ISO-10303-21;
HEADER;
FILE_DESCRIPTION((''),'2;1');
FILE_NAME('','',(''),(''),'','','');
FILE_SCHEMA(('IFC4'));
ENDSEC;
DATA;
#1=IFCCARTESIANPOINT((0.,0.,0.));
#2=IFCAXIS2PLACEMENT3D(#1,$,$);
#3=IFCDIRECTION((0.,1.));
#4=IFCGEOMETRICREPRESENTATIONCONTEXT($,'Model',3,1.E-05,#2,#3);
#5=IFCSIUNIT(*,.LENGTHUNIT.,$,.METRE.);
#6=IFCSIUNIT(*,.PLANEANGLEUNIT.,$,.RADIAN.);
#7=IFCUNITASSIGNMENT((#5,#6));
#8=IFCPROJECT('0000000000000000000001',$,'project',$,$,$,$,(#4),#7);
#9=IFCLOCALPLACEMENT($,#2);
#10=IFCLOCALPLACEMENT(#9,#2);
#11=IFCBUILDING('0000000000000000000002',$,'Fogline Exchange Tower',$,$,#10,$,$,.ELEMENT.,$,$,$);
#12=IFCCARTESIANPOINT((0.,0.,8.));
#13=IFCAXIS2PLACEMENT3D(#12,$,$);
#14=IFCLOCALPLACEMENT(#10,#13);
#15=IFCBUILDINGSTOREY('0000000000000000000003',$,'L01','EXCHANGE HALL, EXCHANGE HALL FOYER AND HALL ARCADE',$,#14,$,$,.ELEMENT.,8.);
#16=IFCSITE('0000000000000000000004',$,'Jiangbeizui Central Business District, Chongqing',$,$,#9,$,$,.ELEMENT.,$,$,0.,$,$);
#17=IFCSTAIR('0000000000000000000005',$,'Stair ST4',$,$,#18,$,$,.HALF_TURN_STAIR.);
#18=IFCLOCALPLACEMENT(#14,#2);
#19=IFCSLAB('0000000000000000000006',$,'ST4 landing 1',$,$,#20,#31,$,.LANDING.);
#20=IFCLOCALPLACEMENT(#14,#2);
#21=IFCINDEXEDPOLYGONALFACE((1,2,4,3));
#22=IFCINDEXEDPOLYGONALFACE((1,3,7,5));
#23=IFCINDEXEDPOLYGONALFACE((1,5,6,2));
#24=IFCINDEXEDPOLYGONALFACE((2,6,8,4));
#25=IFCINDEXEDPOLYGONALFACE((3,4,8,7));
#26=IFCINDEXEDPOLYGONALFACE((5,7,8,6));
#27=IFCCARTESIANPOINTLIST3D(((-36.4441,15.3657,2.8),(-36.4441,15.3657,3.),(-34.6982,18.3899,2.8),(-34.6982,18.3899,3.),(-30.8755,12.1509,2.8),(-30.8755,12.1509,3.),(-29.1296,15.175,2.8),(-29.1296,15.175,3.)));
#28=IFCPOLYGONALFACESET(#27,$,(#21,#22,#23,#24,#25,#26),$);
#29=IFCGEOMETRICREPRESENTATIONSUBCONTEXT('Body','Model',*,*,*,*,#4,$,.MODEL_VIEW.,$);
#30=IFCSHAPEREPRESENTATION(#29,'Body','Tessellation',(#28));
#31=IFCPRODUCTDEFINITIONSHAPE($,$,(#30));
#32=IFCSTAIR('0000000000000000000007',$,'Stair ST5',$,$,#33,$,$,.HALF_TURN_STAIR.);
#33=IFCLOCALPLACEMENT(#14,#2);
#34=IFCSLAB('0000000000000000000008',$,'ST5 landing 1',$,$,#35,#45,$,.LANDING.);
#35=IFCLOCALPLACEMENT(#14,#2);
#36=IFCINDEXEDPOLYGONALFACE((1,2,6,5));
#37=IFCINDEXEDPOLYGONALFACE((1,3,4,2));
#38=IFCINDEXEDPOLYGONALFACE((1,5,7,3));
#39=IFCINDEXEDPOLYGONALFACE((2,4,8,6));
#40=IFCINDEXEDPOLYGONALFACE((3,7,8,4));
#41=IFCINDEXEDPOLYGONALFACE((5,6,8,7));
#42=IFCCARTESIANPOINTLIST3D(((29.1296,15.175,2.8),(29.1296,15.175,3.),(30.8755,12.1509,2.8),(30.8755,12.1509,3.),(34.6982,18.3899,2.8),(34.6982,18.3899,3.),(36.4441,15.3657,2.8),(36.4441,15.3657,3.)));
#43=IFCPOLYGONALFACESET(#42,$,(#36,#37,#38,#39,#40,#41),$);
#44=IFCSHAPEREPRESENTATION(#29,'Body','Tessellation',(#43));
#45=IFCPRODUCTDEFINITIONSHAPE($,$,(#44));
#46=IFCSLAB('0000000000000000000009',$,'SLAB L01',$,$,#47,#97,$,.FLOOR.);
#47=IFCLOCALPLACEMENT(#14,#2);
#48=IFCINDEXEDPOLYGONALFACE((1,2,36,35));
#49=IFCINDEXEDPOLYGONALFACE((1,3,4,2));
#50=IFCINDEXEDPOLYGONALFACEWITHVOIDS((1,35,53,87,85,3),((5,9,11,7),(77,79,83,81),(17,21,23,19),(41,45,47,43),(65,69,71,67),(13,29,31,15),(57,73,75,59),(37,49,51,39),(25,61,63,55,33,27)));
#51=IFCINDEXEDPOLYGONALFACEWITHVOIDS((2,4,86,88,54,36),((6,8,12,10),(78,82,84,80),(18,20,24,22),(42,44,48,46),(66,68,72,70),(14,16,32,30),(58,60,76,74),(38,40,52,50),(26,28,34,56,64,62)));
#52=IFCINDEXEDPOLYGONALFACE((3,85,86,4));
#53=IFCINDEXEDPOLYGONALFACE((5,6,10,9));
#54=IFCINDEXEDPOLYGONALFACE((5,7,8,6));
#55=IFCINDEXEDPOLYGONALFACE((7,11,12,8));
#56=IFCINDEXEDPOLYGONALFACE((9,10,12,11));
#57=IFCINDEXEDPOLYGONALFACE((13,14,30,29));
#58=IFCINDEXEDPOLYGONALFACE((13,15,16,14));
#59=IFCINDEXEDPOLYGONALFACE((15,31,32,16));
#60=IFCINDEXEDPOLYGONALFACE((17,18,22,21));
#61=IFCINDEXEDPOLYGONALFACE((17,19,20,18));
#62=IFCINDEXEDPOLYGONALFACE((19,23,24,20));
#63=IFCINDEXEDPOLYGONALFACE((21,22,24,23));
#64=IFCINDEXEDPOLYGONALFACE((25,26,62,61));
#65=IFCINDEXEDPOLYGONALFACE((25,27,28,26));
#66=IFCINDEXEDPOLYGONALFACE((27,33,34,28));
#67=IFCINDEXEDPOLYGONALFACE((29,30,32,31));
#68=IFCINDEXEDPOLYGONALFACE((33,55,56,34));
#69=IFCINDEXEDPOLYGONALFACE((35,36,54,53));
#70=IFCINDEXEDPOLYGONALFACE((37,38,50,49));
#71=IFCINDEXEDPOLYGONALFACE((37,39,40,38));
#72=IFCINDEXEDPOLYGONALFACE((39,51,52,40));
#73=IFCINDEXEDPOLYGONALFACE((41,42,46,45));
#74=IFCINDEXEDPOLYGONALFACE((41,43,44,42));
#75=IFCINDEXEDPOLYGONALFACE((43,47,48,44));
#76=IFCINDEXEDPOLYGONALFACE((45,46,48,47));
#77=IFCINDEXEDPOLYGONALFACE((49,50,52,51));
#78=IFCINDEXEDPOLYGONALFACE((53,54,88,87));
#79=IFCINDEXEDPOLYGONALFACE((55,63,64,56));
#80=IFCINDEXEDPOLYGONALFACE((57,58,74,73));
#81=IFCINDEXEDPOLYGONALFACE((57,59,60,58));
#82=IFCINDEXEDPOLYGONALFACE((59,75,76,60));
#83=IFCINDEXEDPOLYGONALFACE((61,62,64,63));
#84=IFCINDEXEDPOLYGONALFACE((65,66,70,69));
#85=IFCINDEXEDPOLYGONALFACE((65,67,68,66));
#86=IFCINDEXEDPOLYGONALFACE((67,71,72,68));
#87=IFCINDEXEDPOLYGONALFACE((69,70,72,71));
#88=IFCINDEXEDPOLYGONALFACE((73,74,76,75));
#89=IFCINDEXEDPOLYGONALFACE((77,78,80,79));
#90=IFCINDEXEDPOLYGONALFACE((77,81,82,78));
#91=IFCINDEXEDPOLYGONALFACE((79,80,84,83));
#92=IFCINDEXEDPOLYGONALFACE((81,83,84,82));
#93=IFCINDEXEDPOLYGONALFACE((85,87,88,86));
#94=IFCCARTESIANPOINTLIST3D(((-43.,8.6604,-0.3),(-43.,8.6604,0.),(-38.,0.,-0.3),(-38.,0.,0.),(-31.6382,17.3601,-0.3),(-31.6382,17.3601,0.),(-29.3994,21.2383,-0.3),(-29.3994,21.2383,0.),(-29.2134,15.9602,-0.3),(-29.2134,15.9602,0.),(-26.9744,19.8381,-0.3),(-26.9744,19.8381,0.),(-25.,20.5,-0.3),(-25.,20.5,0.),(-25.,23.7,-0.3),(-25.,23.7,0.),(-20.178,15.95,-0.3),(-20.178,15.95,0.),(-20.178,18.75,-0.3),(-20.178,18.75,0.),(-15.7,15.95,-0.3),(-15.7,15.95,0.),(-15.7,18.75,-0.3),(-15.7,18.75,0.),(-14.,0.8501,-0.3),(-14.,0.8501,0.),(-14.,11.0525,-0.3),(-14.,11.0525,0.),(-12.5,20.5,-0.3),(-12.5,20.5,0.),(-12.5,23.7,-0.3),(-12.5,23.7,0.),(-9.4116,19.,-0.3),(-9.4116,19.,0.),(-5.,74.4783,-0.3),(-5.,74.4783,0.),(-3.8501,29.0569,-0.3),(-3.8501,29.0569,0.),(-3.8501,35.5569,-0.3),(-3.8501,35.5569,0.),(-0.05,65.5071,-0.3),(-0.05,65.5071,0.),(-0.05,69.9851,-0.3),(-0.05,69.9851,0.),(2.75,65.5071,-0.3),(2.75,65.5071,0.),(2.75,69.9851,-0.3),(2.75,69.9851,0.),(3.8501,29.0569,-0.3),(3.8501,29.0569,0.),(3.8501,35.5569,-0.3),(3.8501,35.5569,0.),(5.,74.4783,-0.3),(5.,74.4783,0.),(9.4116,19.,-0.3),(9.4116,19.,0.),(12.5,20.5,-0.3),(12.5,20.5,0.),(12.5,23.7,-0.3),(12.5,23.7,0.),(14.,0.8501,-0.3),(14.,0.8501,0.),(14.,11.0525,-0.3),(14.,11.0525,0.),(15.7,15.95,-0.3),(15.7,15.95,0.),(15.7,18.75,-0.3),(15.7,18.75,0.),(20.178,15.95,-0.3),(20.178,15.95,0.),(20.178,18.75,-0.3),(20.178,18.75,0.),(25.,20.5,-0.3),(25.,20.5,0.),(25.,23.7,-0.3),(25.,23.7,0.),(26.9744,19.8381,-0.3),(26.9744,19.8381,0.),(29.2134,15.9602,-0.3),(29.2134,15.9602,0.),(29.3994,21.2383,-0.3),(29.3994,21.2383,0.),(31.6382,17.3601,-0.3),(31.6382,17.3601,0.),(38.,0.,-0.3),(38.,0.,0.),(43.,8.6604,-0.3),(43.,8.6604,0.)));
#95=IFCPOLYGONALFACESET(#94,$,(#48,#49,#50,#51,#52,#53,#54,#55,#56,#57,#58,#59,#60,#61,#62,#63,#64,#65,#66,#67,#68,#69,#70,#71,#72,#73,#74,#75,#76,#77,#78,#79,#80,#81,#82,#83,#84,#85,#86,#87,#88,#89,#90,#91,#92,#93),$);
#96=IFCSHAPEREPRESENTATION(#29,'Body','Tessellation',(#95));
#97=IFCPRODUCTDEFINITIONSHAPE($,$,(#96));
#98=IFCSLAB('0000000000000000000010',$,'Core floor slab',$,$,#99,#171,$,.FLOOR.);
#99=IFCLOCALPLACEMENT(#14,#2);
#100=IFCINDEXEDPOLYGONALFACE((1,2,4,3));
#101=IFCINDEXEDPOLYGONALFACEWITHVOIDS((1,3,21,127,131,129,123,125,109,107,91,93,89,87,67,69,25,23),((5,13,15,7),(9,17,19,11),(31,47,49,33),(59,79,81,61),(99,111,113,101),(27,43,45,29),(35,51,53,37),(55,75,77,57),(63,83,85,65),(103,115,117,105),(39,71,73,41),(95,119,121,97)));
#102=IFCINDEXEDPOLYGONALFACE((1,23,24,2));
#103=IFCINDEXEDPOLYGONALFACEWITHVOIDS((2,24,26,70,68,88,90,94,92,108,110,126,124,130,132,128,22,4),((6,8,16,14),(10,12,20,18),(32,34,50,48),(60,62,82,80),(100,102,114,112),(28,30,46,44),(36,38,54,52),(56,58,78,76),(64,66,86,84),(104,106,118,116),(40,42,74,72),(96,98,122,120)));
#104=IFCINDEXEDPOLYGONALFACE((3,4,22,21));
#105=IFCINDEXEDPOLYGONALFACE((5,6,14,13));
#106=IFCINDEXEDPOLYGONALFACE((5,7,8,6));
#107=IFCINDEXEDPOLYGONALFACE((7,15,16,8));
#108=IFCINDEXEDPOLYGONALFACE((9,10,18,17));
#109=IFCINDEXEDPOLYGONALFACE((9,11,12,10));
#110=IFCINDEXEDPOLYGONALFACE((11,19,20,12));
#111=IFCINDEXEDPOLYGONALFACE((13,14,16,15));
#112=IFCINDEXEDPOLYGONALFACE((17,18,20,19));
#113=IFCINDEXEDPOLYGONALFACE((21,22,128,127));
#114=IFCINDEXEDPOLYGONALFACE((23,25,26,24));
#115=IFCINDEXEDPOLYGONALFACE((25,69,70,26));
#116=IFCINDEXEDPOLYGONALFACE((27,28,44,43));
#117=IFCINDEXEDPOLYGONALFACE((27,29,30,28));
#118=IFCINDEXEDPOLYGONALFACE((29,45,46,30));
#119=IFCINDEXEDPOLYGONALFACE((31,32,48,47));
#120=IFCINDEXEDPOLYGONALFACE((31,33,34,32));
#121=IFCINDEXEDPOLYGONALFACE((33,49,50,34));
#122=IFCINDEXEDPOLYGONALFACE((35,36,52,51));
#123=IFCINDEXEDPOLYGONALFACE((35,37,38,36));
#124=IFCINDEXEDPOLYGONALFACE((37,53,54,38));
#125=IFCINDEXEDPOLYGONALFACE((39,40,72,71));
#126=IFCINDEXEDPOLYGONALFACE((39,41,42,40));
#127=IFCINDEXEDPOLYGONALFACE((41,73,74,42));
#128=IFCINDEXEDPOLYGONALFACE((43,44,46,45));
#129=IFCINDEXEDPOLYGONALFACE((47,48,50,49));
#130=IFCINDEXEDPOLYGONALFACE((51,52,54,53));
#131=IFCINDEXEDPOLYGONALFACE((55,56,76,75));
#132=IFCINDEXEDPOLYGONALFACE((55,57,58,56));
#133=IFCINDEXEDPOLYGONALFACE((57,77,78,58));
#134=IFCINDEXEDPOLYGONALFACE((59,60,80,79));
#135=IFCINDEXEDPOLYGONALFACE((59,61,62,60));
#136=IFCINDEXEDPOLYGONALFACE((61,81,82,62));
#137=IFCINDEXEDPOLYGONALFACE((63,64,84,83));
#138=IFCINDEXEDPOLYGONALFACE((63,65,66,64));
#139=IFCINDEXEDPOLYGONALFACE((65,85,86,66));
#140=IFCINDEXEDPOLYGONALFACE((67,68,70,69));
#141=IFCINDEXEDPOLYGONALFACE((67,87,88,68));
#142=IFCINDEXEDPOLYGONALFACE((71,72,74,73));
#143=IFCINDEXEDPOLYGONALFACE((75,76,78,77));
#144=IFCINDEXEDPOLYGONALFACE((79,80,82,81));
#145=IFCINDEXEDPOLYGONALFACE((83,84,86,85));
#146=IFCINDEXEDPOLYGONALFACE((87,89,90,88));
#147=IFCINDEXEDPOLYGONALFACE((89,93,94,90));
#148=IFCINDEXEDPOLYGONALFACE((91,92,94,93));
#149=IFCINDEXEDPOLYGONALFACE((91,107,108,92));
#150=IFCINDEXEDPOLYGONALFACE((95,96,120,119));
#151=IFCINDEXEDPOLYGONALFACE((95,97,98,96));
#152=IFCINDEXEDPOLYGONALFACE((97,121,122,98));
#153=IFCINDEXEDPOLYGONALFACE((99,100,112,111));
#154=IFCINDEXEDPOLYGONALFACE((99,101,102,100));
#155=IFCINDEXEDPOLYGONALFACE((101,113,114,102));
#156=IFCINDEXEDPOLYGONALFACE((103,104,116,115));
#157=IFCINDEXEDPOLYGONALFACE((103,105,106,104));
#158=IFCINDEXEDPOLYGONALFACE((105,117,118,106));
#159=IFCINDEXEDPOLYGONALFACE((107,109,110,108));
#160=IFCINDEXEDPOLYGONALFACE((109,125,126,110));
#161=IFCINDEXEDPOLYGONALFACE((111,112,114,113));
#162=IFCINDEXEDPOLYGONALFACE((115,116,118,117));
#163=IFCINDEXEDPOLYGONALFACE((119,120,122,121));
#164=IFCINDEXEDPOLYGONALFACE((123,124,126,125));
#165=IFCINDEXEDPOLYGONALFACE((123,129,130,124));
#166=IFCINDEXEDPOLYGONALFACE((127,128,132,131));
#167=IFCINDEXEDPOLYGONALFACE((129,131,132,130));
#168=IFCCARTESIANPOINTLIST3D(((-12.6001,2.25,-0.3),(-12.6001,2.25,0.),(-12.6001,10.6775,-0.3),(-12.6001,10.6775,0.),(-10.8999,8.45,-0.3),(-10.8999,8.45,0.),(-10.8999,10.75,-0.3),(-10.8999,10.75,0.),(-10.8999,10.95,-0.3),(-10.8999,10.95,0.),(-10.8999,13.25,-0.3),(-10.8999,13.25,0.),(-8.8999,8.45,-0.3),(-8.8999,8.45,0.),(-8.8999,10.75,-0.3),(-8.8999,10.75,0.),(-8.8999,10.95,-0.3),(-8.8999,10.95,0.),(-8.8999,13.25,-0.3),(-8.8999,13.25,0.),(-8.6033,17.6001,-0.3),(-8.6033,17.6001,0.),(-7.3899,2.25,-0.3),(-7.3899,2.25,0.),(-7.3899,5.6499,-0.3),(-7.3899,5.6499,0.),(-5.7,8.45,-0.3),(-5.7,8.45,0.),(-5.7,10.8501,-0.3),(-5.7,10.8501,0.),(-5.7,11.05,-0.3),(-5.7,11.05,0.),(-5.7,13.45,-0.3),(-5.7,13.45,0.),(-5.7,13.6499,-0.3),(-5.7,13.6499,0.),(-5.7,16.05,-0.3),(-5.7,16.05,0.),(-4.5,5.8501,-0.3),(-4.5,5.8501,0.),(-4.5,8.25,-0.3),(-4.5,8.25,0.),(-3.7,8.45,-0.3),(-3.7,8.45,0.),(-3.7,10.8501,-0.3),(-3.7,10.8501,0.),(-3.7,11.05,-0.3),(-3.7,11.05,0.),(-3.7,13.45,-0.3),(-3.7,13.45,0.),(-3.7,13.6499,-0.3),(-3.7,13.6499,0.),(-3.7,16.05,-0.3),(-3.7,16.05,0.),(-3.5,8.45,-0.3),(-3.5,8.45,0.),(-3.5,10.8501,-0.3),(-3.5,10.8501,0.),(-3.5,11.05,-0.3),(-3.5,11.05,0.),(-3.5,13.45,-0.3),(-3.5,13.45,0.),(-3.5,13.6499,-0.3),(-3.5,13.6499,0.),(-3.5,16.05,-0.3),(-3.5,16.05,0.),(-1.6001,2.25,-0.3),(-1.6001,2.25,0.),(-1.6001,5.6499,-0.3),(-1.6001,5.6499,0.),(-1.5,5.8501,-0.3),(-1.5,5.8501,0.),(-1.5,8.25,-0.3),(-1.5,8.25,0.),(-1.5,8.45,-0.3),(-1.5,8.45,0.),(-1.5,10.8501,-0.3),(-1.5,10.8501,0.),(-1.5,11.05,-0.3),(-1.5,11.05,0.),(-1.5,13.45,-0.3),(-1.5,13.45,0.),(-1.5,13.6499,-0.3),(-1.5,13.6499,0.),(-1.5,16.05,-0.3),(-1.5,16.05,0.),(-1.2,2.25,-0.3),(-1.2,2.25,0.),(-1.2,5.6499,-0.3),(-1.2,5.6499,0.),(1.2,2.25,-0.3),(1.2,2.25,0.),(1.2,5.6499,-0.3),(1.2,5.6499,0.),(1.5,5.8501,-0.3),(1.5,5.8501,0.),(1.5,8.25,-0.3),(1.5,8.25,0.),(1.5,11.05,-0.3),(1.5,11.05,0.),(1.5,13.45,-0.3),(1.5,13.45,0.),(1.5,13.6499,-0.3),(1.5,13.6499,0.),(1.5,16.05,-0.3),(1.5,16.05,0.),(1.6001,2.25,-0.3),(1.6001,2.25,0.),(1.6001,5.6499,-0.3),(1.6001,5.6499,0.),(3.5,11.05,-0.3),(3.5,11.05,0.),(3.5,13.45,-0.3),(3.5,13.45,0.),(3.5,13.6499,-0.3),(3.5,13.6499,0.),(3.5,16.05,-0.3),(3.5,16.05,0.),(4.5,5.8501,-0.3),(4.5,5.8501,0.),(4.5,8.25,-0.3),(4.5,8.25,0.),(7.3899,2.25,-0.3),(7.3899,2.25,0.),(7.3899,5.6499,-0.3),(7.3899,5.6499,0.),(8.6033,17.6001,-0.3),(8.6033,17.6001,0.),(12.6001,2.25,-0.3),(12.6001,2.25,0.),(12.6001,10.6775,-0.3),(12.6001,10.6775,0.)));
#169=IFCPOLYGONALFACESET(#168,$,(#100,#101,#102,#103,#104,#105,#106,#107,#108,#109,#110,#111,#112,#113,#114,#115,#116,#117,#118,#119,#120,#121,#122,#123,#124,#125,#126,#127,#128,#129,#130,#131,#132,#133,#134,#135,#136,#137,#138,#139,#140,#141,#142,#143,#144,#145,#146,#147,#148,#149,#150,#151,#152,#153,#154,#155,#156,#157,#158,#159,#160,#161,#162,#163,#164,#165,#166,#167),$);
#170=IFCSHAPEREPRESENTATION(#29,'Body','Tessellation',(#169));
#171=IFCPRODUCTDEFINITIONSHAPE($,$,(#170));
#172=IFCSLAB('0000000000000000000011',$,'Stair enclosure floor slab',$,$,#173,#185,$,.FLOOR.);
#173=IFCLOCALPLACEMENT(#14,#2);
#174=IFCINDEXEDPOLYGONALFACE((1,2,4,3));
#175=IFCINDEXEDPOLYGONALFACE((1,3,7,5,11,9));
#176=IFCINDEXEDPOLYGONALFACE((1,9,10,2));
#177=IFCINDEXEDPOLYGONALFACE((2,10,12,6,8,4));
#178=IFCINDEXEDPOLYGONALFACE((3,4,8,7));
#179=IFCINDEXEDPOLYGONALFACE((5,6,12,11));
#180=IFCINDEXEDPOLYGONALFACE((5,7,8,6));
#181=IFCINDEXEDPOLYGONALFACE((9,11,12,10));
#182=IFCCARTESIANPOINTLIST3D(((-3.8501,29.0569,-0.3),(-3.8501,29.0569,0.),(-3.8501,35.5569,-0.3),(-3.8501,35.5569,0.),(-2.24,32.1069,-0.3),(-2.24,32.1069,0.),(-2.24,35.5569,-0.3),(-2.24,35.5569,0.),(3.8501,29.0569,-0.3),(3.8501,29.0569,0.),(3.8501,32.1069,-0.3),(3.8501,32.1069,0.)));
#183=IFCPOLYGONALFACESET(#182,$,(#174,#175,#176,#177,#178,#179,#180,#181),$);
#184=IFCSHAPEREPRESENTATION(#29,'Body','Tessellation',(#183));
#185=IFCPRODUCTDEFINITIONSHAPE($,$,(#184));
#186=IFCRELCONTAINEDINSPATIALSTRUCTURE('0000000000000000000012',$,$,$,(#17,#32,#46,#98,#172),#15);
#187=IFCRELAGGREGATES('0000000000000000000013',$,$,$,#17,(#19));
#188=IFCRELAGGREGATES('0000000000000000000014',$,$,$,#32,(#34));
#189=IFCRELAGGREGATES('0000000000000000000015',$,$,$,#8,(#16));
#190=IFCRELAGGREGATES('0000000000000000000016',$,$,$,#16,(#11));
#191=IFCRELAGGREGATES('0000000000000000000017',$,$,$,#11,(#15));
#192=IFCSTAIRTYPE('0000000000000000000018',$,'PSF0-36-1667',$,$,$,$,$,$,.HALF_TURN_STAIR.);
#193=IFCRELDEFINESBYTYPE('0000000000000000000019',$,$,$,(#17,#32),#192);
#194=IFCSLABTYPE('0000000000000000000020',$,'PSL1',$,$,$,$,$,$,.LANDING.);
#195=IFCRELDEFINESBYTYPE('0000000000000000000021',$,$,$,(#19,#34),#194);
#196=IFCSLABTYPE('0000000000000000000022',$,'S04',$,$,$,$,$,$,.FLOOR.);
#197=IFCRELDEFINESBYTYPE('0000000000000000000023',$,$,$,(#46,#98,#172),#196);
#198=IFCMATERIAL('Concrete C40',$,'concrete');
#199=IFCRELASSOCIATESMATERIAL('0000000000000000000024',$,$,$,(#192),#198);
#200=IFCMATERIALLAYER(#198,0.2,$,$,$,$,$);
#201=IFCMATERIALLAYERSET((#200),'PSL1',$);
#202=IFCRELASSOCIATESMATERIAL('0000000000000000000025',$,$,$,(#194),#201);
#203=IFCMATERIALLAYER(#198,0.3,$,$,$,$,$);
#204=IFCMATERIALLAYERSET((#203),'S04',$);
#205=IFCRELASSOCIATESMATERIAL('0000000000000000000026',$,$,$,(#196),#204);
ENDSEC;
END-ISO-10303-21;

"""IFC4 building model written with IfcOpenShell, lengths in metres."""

from ifc_helpers import new_model, si_unit, direction, frame, origin, place, context, subcontext, project, spatial, polyline, outline, extrude, material, layer, layer_set, type_object, element, aggregate, save


model = new_model("IFC4")

# Units and contexts
model_context = context("Model", 3, precision=1e-05, world=origin(), true_north=direction((0.0, 1.0)))
body_context = subcontext(model_context, "Body", "Model", "MODEL_VIEW")
ifc_project = project(units=[si_unit("LENGTHUNIT", "METRE"), si_unit("PLANEANGLEUNIT", "RADIAN")], contexts=[model_context])

# Site, building, storey
site_placement = place(None, origin())
site = spatial("IfcSite", under=ifc_project, at=site_placement, Name="Jiangbeizui Central Business District, Chongqing", CompositionType="ELEMENT", RefElevation=0.0)
building_placement = place(site_placement, origin())
building = spatial("IfcBuilding", under=site, at=building_placement, Name="Fogline Exchange Tower", CompositionType="ELEMENT")
storey_placement = place(building_placement, frame((0.0, 0.0, 8.0)))
storey = spatial("IfcBuildingStorey", under=building, at=storey_placement, Name="L01", Description="EXCHANGE HALL, EXCHANGE HALL FOYER AND HALL ARCADE", CompositionType="ELEMENT", Elevation=8.0)

# Stairs, slabs
ifc_material_1 = material(Name="Concrete C40", Category="concrete")
stair_type_1 = type_object("IfcStairType", Name="PSF0-36-1667", PredefinedType="HALF_TURN_STAIR", material=ifc_material_1)
stair_1_placement = place(storey_placement, origin())
stair_1 = element("IfcStair", 1, at=stair_1_placement, inside=storey, type_object=stair_type_1, Name="Stair ST4", PredefinedType="HALF_TURN_STAIR")
ifc_layer_1 = layer(ifc_material_1, 0.2)
ifc_layer_set_1 = layer_set([ifc_layer_1], Name="PSL1")
slab_type_1 = type_object("IfcSlabType", Name="PSL1", PredefinedType="LANDING", material=ifc_layer_set_1)
slab_1_placement = place(storey_placement, frame((0.0, 0.0, 2.8)))
slab_1 = element("IfcSlab", 2, at=slab_1_placement, type_object=slab_type_1, Name="ST4 landing 1", PredefinedType="LANDING", context=body_context, shape_type="SweptSolid", body=[
    extrude(outline(polyline([(-36.4441, 15.3657), (-34.6982, 18.3899), (-29.1296, 15.175), (-30.8755, 12.1509), (-36.4441, 15.3657)])), origin(), (0.0, 0.0, 1.0), 0.2),
])
aggregate(stair_1, [slab_1])
stair_2_placement = place(storey_placement, origin())
stair_2 = element("IfcStair", 3, at=stair_2_placement, inside=storey, type_object=stair_type_1, Name="Stair ST5", PredefinedType="HALF_TURN_STAIR")
slab_2_placement = place(storey_placement, frame((0.0, 0.0, 2.8)))
slab_2 = element("IfcSlab", 4, at=slab_2_placement, type_object=slab_type_1, Name="ST5 landing 1", PredefinedType="LANDING", context=body_context, shape_type="SweptSolid", body=[
    extrude(outline(polyline([(36.4441, 15.3657), (34.6982, 18.3899), (29.1296, 15.175), (30.8755, 12.1509), (36.4441, 15.3657)])), origin(), (0.0, 0.0, 1.0), 0.2),
])
aggregate(stair_2, [slab_2])

# Slabs
ifc_layer_2 = layer(ifc_material_1, 0.3)
ifc_layer_set_2 = layer_set([ifc_layer_2], Name="S04")
slab_type_2 = type_object("IfcSlabType", Name="S04", PredefinedType="FLOOR", material=ifc_layer_set_2)
slab_3_placement = place(storey_placement, frame((0.0, 0.0, -0.3)))
element("IfcSlab", 5, at=slab_3_placement, inside=storey, type_object=slab_type_2, Name="SLAB L01", PredefinedType="FLOOR", context=body_context, shape_type="SweptSolid", body=[
    extrude(outline(polyline([(43.0, 8.6604), (5.0, 74.4783), (-5.0, 74.4783), (-43.0, 8.6604), (-38.0, 0.0), (38.0, 0.0), (43.0, 8.6604)]), holes=[polyline([(9.4116, 19.0), (14.0, 11.0525), (14.0, 0.8501), (-14.0, 0.8501), (-14.0, 11.0525), (-9.4116, 19.0), (9.4116, 19.0)]), polyline([(-15.7, 18.75), (-15.7, 15.95), (-20.178, 15.95), (-20.178, 18.75), (-15.7, 18.75)]), polyline([(15.7, 18.75), (20.178, 18.75), (20.178, 15.95), (15.7, 15.95), (15.7, 18.75)]), polyline([(-26.9744, 19.8381), (-29.2134, 15.9602), (-31.6382, 17.3601), (-29.3994, 21.2383), (-26.9744, 19.8381)]), polyline([(29.2134, 15.9602), (26.9744, 19.8381), (29.3994, 21.2383), (31.6382, 17.3601), (29.2134, 15.9602)]), polyline([(-25.0, 20.5), (-25.0, 23.7), (-12.5, 23.7), (-12.5, 20.5), (-25.0, 20.5)]), polyline([(12.5, 20.5), (12.5, 23.7), (25.0, 23.7), (25.0, 20.5), (12.5, 20.5)]), polyline([(2.75, 69.9851), (2.75, 65.5071), (-0.05, 65.5071), (-0.05, 69.9851), (2.75, 69.9851)]), polyline([(3.8501, 35.5569), (3.8501, 29.0569), (-3.8501, 29.0569), (-3.8501, 35.5569), (3.8501, 35.5569)])]), origin(), (0.0, 0.0, 1.0), 0.3),
])
slab_4_placement = place(storey_placement, frame((0.0, 0.0, -0.3)))
element("IfcSlab", 6, at=slab_4_placement, inside=storey, type_object=slab_type_2, Name="Core floor slab", PredefinedType="FLOOR", context=body_context, shape_type="SweptSolid", body=[
    extrude(outline(polyline([(-12.6001, 2.25), (-12.6001, 10.6775), (-8.6033, 17.6001), (8.6033, 17.6001), (12.6001, 10.6775), (12.6001, 2.25), (7.3899, 2.25), (7.3899, 5.6499), (1.6001, 5.6499), (1.6001, 2.25), (1.2, 2.25), (1.2, 5.6499), (-1.2, 5.6499), (-1.2, 2.25), (-1.6001, 2.25), (-1.6001, 5.6499), (-7.3899, 5.6499), (-7.3899, 2.25), (-12.6001, 2.25)]), holes=[polyline([(-1.5, 8.25), (-4.5, 8.25), (-4.5, 5.8501), (-1.5, 5.8501), (-1.5, 8.25)]), polyline([(-8.8999, 10.75), (-10.8999, 10.75), (-10.8999, 8.45), (-8.8999, 8.45), (-8.8999, 10.75)]), polyline([(-3.7, 10.8501), (-5.7, 10.8501), (-5.7, 8.45), (-3.7, 8.45), (-3.7, 10.8501)]), polyline([(-1.5, 10.8501), (-3.5, 10.8501), (-3.5, 8.45), (-1.5, 8.45), (-1.5, 10.8501)]), polyline([(-8.8999, 13.25), (-10.8999, 13.25), (-10.8999, 10.95), (-8.8999, 10.95), (-8.8999, 13.25)]), polyline([(-3.7, 13.45), (-5.7, 13.45), (-5.7, 11.05), (-3.7, 11.05), (-3.7, 13.45)]), polyline([(-3.7, 16.05), (-5.7, 16.05), (-5.7, 13.6499), (-3.7, 13.6499), (-3.7, 16.05)]), polyline([(4.5, 8.25), (1.5, 8.25), (1.5, 5.8501), (4.5, 5.8501), (4.5, 8.25)]), polyline([(-1.5, 13.45), (-3.5, 13.45), (-3.5, 11.05), (-1.5, 11.05), (-1.5, 13.45)]), polyline([(3.5, 13.45), (1.5, 13.45), (1.5, 11.05), (3.5, 11.05), (3.5, 13.45)]), polyline([(-1.5, 16.05), (-3.5, 16.05), (-3.5, 13.6499), (-1.5, 13.6499), (-1.5, 16.05)]), polyline([(3.5, 16.05), (1.5, 16.05), (1.5, 13.6499), (3.5, 13.6499), (3.5, 16.05)])]), origin(), (0.0, 0.0, 1.0), 0.3),
])
slab_5_placement = place(storey_placement, frame((0.0, 0.0, -0.3)))
element("IfcSlab", 7, at=slab_5_placement, inside=storey, type_object=slab_type_2, Name="Stair enclosure floor slab", PredefinedType="FLOOR", context=body_context, shape_type="SweptSolid", body=[
    extrude(outline(polyline([(3.8501, 29.0569), (-3.8501, 29.0569), (-3.8501, 35.5569), (-2.24, 35.5569), (-2.24, 32.1069), (3.8501, 32.1069), (3.8501, 29.0569)])), origin(), (0.0, 0.0, 1.0), 0.3),
])

save(model, "model.ifc")
